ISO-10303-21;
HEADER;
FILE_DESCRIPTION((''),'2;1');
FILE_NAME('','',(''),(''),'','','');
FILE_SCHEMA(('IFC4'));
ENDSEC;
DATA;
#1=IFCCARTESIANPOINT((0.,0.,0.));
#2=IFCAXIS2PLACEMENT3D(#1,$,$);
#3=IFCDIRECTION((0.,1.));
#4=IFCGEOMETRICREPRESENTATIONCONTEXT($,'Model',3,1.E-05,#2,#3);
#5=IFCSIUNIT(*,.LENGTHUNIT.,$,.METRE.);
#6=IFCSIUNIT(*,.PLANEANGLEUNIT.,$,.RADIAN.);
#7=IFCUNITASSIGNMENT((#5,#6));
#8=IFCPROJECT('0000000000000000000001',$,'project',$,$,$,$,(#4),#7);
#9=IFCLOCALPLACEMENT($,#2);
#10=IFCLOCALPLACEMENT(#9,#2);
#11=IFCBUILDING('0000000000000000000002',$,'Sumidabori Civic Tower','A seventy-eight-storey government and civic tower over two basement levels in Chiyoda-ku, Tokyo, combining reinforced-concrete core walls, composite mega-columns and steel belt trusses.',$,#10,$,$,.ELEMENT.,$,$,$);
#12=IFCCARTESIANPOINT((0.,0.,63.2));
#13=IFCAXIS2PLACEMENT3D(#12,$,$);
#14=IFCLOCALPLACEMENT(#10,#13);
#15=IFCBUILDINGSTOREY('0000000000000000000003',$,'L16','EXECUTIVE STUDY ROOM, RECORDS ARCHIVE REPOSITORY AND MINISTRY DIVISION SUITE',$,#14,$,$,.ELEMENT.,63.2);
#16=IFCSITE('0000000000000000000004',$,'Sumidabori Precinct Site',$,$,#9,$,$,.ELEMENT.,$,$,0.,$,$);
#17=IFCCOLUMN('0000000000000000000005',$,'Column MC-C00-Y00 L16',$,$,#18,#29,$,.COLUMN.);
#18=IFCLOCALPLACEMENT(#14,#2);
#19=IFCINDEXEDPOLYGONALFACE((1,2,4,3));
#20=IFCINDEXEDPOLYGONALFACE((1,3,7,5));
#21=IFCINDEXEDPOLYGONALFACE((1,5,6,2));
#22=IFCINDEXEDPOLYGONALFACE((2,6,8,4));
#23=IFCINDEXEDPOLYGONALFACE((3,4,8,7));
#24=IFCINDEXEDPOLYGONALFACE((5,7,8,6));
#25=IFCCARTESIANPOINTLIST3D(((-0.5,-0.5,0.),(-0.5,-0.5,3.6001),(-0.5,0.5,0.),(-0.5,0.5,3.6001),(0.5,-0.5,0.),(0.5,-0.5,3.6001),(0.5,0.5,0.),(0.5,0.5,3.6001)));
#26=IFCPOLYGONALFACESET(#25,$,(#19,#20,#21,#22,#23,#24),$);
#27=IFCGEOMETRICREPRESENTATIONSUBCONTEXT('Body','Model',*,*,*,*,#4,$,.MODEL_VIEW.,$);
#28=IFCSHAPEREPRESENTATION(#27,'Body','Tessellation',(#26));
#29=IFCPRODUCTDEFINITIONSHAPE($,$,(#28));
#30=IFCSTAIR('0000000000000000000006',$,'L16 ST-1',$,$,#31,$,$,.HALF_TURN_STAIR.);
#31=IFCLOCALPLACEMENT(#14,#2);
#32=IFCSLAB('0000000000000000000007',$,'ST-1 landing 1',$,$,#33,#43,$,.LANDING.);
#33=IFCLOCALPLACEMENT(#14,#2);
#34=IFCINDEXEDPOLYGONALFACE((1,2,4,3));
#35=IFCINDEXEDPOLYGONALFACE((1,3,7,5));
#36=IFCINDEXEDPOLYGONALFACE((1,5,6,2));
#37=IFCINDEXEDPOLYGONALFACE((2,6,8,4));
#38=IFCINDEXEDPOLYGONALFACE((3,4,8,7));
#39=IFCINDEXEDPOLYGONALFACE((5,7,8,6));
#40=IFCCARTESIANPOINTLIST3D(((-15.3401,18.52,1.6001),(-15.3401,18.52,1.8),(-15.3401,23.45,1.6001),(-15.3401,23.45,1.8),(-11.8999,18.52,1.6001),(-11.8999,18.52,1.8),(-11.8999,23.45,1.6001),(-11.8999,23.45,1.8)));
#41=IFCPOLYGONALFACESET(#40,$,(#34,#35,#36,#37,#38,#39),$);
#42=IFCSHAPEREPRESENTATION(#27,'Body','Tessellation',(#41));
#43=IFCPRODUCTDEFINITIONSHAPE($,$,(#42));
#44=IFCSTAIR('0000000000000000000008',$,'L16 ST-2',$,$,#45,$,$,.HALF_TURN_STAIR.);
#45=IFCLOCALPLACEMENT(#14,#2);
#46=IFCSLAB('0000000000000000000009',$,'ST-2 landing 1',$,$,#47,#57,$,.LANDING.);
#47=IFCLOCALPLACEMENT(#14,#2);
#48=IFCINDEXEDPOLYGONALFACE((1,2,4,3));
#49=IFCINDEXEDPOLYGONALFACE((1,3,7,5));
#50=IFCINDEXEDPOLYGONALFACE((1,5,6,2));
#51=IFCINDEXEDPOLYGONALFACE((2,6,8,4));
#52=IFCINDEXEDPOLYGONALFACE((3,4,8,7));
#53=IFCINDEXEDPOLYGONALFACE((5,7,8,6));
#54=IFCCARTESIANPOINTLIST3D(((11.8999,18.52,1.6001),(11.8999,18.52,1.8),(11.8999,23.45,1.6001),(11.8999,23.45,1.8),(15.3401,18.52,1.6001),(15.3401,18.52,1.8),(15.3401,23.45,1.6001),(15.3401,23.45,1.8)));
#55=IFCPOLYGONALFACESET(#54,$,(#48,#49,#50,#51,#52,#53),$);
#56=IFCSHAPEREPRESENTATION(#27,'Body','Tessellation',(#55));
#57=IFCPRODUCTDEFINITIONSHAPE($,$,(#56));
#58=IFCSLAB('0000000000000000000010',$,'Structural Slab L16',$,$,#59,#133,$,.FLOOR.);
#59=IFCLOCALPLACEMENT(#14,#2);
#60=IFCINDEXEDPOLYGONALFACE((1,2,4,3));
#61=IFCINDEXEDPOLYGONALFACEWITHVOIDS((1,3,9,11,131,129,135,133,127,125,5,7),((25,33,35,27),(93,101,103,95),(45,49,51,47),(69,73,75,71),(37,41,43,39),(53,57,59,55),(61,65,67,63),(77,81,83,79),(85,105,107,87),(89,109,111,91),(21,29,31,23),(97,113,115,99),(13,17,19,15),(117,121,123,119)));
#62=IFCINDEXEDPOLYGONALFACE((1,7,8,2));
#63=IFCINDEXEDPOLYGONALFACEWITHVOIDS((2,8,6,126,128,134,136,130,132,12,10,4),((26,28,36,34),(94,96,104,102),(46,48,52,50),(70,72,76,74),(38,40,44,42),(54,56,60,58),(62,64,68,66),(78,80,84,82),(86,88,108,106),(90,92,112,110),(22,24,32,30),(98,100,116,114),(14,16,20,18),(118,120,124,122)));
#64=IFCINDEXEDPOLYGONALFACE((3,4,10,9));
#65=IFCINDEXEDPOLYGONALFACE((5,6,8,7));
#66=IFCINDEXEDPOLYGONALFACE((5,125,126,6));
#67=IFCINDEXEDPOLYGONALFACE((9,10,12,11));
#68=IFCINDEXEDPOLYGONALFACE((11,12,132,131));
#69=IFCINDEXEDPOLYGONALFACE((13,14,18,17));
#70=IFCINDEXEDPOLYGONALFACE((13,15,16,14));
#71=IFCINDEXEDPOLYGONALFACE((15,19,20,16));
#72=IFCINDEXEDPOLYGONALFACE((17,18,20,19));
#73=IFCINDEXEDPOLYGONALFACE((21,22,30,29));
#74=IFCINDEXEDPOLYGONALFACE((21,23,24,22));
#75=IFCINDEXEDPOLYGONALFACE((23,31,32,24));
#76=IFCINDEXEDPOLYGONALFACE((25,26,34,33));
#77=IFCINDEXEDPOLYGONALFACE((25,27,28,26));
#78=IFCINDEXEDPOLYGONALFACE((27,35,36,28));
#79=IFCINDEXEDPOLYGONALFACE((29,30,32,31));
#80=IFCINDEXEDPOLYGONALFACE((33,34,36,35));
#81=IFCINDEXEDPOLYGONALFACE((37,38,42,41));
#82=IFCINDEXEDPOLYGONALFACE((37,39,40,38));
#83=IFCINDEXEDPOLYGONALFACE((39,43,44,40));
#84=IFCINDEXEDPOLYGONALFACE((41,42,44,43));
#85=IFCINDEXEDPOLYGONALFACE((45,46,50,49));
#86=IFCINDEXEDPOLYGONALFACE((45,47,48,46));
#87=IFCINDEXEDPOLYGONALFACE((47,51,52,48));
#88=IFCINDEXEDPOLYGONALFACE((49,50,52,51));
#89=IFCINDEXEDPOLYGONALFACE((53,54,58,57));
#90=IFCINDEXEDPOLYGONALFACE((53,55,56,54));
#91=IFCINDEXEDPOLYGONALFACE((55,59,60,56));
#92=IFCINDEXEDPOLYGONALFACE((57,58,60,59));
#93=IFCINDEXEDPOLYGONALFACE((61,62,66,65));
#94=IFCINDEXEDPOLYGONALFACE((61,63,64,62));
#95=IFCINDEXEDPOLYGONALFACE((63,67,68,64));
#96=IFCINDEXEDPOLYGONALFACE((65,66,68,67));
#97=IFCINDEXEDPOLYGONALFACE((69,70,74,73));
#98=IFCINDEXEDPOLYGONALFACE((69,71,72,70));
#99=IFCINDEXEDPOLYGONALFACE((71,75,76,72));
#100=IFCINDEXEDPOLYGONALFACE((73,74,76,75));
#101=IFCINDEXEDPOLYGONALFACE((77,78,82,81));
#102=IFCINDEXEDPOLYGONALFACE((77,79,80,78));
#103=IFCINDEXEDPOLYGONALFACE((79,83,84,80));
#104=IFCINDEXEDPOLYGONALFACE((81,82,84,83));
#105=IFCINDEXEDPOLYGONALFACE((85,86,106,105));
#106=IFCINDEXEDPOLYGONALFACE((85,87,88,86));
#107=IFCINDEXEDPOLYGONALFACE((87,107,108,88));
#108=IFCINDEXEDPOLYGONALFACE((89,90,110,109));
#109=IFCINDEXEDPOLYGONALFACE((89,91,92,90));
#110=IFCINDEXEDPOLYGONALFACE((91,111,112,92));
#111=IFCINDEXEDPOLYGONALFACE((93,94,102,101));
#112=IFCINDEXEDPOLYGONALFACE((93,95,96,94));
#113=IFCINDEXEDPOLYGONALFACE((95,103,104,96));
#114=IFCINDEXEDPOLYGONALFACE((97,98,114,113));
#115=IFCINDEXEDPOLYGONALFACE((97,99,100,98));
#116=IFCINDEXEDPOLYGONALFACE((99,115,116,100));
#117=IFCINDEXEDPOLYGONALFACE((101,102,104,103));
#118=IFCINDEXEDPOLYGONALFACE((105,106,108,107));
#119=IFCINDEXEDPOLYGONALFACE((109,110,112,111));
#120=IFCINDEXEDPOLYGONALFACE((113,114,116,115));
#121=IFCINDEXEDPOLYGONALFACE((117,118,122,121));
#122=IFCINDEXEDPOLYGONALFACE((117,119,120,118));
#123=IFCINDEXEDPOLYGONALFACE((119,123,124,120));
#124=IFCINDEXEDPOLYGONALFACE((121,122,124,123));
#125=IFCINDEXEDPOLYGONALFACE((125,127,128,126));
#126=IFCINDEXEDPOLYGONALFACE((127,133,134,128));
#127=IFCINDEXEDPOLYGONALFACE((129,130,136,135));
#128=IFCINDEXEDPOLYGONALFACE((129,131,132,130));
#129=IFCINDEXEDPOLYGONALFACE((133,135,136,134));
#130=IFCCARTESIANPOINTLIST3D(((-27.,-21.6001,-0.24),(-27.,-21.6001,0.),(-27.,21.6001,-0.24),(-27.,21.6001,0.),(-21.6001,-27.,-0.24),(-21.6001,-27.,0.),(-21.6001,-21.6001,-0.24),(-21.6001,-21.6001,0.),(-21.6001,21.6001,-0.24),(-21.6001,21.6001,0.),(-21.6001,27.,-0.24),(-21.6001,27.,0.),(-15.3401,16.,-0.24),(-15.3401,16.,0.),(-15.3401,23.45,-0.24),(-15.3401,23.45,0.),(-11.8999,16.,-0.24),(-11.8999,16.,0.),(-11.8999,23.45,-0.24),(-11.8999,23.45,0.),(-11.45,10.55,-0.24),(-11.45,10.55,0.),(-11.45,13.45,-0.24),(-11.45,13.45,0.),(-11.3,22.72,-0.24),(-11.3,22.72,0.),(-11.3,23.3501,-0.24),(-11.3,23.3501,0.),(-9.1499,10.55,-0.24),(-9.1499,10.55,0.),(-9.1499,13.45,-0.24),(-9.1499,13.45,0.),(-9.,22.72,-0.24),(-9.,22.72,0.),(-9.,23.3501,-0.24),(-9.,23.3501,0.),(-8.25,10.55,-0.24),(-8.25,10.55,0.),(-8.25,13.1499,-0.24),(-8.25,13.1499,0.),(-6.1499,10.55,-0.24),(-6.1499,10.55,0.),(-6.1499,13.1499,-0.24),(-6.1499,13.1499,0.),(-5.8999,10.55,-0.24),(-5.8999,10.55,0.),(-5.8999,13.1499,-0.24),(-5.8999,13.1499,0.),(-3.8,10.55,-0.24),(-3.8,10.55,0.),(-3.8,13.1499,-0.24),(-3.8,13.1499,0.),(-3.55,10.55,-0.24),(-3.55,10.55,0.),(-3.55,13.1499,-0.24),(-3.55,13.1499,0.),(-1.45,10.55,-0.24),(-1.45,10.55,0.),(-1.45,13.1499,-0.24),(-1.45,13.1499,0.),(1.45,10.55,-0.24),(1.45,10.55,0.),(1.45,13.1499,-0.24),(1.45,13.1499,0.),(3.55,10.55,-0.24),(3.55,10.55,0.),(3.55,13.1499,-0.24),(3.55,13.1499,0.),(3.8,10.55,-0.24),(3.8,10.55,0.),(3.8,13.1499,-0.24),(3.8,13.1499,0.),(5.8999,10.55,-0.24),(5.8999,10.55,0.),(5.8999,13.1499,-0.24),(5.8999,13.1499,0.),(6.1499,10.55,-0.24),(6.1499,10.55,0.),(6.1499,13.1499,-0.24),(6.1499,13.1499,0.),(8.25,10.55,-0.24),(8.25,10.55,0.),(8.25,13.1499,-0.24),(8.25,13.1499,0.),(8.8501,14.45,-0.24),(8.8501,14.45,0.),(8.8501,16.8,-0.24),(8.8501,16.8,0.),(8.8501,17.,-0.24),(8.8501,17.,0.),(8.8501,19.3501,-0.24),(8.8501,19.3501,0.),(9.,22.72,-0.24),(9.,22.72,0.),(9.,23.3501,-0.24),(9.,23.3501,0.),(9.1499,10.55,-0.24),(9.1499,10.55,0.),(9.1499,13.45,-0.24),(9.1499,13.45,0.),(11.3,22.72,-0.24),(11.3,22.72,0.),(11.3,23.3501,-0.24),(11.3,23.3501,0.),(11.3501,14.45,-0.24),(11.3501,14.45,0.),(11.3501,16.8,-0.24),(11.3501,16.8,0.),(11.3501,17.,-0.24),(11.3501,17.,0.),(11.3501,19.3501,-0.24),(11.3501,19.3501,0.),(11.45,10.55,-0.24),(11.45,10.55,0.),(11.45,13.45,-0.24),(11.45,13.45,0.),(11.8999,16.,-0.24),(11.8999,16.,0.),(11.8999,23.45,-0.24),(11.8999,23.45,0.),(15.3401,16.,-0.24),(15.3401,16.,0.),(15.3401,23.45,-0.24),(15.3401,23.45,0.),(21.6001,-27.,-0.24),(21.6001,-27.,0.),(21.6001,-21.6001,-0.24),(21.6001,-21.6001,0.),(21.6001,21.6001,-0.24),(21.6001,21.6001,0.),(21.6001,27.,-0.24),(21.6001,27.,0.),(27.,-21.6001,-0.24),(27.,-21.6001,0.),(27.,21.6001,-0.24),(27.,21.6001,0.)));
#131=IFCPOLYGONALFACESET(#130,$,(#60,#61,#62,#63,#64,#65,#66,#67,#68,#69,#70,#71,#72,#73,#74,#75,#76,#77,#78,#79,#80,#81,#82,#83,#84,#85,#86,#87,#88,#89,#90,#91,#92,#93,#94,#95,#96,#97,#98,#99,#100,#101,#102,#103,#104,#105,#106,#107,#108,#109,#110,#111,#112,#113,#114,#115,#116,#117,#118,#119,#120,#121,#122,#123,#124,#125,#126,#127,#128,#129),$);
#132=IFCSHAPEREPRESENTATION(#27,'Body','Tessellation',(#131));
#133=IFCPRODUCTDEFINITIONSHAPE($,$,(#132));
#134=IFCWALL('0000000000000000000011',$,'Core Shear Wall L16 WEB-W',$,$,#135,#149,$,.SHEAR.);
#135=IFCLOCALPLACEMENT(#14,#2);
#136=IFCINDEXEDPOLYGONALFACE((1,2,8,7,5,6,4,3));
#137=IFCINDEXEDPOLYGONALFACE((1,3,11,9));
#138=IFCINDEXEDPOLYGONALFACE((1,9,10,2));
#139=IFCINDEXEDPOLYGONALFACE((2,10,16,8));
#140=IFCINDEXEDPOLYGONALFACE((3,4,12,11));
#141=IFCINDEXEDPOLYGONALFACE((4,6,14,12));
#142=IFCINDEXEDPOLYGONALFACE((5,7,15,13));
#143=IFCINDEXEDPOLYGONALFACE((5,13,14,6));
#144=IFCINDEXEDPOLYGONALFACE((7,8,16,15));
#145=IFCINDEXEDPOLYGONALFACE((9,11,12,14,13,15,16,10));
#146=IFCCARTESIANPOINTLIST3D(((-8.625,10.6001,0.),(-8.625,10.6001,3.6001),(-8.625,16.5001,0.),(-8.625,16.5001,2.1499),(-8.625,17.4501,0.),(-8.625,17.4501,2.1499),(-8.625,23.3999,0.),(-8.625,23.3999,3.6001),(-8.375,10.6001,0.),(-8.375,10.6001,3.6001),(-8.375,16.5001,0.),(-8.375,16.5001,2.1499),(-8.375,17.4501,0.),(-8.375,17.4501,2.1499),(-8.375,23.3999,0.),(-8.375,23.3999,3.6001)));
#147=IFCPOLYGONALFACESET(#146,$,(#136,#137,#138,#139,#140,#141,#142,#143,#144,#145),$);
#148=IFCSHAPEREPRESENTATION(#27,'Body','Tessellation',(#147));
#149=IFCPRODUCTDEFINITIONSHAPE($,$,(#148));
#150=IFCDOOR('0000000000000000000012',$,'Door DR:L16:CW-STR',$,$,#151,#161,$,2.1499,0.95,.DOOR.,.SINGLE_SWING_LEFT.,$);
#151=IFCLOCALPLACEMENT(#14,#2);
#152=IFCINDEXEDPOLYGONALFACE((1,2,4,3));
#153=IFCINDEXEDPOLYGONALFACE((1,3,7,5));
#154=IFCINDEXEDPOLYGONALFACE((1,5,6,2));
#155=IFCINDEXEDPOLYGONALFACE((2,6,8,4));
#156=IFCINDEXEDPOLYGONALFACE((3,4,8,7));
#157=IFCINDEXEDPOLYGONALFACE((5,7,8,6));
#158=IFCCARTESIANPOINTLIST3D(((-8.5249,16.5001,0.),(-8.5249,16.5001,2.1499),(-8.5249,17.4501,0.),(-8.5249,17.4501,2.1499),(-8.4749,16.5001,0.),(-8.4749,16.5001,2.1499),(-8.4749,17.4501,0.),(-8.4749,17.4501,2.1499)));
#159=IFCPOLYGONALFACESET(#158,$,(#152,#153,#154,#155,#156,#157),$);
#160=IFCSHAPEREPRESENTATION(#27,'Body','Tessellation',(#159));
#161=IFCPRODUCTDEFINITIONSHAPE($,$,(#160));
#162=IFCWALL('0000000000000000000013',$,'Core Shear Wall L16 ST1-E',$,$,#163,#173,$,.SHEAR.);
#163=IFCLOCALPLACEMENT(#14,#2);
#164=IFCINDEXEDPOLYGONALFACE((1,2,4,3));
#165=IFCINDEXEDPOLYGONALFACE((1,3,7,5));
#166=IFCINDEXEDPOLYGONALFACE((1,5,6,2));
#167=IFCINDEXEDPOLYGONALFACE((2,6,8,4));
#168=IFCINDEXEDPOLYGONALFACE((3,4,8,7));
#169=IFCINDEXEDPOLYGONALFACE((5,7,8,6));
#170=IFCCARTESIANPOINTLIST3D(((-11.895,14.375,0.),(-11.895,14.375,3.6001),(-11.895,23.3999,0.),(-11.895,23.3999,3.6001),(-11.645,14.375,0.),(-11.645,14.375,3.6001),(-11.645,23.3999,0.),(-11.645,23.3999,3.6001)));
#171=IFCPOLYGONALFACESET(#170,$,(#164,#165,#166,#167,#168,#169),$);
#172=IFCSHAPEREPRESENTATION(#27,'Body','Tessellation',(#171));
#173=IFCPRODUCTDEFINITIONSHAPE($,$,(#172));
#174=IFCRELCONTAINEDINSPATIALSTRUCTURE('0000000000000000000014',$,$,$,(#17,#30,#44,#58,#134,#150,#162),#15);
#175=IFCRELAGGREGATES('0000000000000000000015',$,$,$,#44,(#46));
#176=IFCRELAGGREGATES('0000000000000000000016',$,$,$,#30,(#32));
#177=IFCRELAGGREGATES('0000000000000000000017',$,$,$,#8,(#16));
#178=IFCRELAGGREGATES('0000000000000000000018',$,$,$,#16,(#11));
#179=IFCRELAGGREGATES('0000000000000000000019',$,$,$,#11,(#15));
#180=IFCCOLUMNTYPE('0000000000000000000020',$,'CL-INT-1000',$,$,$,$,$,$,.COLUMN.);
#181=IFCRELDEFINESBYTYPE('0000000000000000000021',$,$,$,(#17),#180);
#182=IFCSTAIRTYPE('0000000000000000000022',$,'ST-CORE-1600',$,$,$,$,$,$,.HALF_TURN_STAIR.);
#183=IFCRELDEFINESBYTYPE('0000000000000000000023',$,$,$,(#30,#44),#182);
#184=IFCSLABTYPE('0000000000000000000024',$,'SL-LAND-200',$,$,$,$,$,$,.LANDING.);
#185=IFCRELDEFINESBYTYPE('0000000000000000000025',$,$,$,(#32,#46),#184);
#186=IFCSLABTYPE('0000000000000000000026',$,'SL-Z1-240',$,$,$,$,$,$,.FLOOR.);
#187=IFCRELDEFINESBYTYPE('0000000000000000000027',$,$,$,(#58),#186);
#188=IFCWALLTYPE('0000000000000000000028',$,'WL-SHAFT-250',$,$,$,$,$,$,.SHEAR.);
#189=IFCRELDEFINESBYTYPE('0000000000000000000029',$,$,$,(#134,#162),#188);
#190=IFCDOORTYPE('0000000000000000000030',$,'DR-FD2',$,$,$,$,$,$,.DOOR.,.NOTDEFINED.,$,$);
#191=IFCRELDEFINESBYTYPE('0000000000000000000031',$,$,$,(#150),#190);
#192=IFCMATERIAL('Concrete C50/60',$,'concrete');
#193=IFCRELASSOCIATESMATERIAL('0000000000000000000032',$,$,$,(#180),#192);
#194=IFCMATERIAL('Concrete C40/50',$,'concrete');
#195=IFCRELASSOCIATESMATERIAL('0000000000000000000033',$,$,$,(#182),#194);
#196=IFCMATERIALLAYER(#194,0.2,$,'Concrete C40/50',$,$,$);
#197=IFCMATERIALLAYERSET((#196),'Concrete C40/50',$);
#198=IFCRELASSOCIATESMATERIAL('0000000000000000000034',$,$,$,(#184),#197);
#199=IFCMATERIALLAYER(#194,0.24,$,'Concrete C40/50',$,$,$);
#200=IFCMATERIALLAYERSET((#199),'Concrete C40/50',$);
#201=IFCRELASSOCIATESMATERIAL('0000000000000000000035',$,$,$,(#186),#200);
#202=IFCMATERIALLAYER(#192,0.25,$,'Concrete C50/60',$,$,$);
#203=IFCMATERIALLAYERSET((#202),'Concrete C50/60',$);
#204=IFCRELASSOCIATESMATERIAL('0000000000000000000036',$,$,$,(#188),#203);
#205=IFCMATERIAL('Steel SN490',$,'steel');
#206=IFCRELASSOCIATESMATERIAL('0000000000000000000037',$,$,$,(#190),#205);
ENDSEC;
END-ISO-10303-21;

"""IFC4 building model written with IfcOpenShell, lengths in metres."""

from ifc_helpers import new_model, si_unit, direction, frame, frame_2d, origin, origin_with_axes, origin_2d, place, context, subcontext, project, spatial, polyline, rectangle, outline, extrude, source, transform, mapped, material, layer, layer_set, material_profile, profile_set, type_object, element, fill, aggregate, save


model = new_model("IFC4")

# Units and contexts
model_context = context("Model", 3, precision=1e-05, world=origin(), true_north=direction((0.0, 1.0)))
body_context = subcontext(model_context, "Body", "Model", "MODEL_VIEW")
ifc_project = project(units=[si_unit("LENGTHUNIT", "METRE"), si_unit("PLANEANGLEUNIT", "RADIAN")], contexts=[model_context])

# Site, building, storey
site_placement = place(None, origin())
site = spatial("IfcSite", under=ifc_project, at=site_placement, Name="Sumidabori Precinct Site", CompositionType="ELEMENT", RefElevation=0.0)
building_placement = place(site_placement, origin())
building = spatial("IfcBuilding", under=site, at=building_placement, Name="Sumidabori Civic Tower", Description="A seventy-eight-storey government and civic tower over two basement levels in Chiyoda-ku, Tokyo, combining reinforced-concrete core walls, composite mega-columns and steel belt trusses.", CompositionType="ELEMENT")
storey_placement = place(building_placement, frame((0.0, 0.0, 63.2)))
storey = spatial("IfcBuildingStorey", under=building, at=storey_placement, Name="L16", Description="EXECUTIVE STUDY ROOM, RECORDS ARCHIVE REPOSITORY AND MINISTRY DIVISION SUITE", CompositionType="ELEMENT", Elevation=63.2)

# Column
ifc_material_1 = material(Name="Concrete C50/60", Category="concrete")
ifc_material_profile = material_profile(ifc_material_1, rectangle(XDim=1.0, YDim=1.0, at=origin_2d()), Name="RC 1000x1000")
ifc_profile_set = profile_set([ifc_material_profile], Name="Concrete C50/60")
column_type = type_object("IfcColumnType", Name="CL-INT-1000", PredefinedType="COLUMN", material=ifc_profile_set)
shared_shape_1 = source(origin(), body_context, "Body", "SweptSolid", [
    extrude(rectangle(XDim=1.0, YDim=1.0, at=origin_2d()), origin(), (0.0, 0.0, 1.0), 3.6001),
])
column_placement = place(storey_placement, origin_with_axes())
element("IfcColumn", 1, at=column_placement, inside=storey, type_object=column_type, Name="Column MC-C00-Y00 L16", PredefinedType="COLUMN", context=body_context, shape_type="MappedRepresentation", body=[
    mapped(shared_shape_1, transform((0.0, 0.0, 0.0), x_axis=(1.0, 0.0, 0.0), y_axis=(0.0, 1.0, 0.0), z_axis=(0.0, 0.0, 1.0), scale=1.0)),
])

# Stairs, slabs
ifc_material_2 = material(Name="Concrete C40/50", Category="concrete")
stair_type = type_object("IfcStairType", Name="ST-CORE-1600", PredefinedType="HALF_TURN_STAIR", material=ifc_material_2)
stair_1_placement = place(storey_placement, origin())
stair_1 = element("IfcStair", 2, at=stair_1_placement, inside=storey, type_object=stair_type, Name="L16 ST-1", PredefinedType="HALF_TURN_STAIR")
ifc_layer_1 = layer(ifc_material_2, 0.2, Name="Concrete C40/50")
ifc_layer_set_1 = layer_set([ifc_layer_1], Name="Concrete C40/50")
slab_type_1 = type_object("IfcSlabType", Name="SL-LAND-200", PredefinedType="LANDING", material=ifc_layer_set_1)
slab_1_placement = place(storey_placement, frame((0.0, 0.0, 1.6001)))
slab_1 = element("IfcSlab", 3, at=slab_1_placement, type_object=slab_type_1, Name="ST-1 landing 1", PredefinedType="LANDING", context=body_context, shape_type="SweptSolid", body=[
    extrude(outline(polyline([(-11.8999, 18.52), (-11.8999, 23.45), (-15.3401, 23.45), (-15.3401, 18.52), (-11.8999, 18.52)])), origin(), (0.0, 0.0, 1.0), 0.2),
])
stair_2_placement = place(storey_placement, origin())
stair_2 = element("IfcStair", 4, at=stair_2_placement, inside=storey, type_object=stair_type, Name="L16 ST-2", PredefinedType="HALF_TURN_STAIR")
slab_2_placement = place(storey_placement, frame((0.0, 0.0, 1.6001)))
slab_2 = element("IfcSlab", 5, at=slab_2_placement, type_object=slab_type_1, Name="ST-2 landing 1", PredefinedType="LANDING", context=body_context, shape_type="SweptSolid", body=[
    extrude(outline(polyline([(15.3401, 18.52), (15.3401, 23.45), (11.8999, 23.45), (11.8999, 18.52), (15.3401, 18.52)])), origin(), (0.0, 0.0, 1.0), 0.2),
])
aggregate(stair_2, [slab_2])

# Slab
ifc_layer_2 = layer(ifc_material_2, 0.24, Name="Concrete C40/50")
ifc_layer_set_2 = layer_set([ifc_layer_2], Name="Concrete C40/50")
slab_type_2 = type_object("IfcSlabType", Name="SL-Z1-240", PredefinedType="FLOOR", material=ifc_layer_set_2)
slab_3_placement = place(storey_placement, frame((0.0, 0.0, -0.24)))
element("IfcSlab", 6, at=slab_3_placement, inside=storey, type_object=slab_type_2, Name="Structural Slab L16", PredefinedType="FLOOR", context=body_context, shape_type="SweptSolid", body=[
    extrude(outline(polyline([(-21.6001, -27.0), (21.6001, -27.0), (21.6001, -21.6001), (27.0, -21.6001), (27.0, 21.6001), (21.6001, 21.6001), (21.6001, 27.0), (-21.6001, 27.0), (-21.6001, 21.6001), (-27.0, 21.6001), (-27.0, -21.6001), (-21.6001, -21.6001), (-21.6001, -27.0)]), holes=[polyline([(-11.8999, 16.0), (-11.8999, 23.45), (-15.3401, 23.45), (-15.3401, 16.0), (-11.8999, 16.0)]), polyline([(15.3401, 16.0), (15.3401, 23.45), (11.8999, 23.45), (11.8999, 16.0), (15.3401, 16.0)]), polyline([(-11.45, 10.55), (-9.1499, 10.55), (-9.1499, 13.45), (-11.45, 13.45), (-11.45, 10.55)]), polyline([(9.1499, 10.55), (11.45, 10.55), (11.45, 13.45), (9.1499, 13.45), (9.1499, 10.55)]), polyline([(-8.25, 10.55), (-6.1499, 10.55), (-6.1499, 13.1499), (-8.25, 13.1499), (-8.25, 10.55)]), polyline([(-5.8999, 10.55), (-3.8, 10.55), (-3.8, 13.1499), (-5.8999, 13.1499), (-5.8999, 10.55)]), polyline([(-3.55, 10.55), (-1.45, 10.55), (-1.45, 13.1499), (-3.55, 13.1499), (-3.55, 10.55)]), polyline([(1.45, 10.55), (3.55, 10.55), (3.55, 13.1499), (1.45, 13.1499), (1.45, 10.55)]), polyline([(3.8, 10.55), (5.8999, 10.55), (5.8999, 13.1499), (3.8, 13.1499), (3.8, 10.55)]), polyline([(6.1499, 10.55), (8.25, 10.55), (8.25, 13.1499), (6.1499, 13.1499), (6.1499, 10.55)]), polyline([(8.8501, 14.45), (11.3501, 14.45), (11.3501, 16.8), (8.8501, 16.8), (8.8501, 14.45)]), polyline([(8.8501, 17.0), (11.3501, 17.0), (11.3501, 19.3501), (8.8501, 19.3501), (8.8501, 17.0)]), polyline([(-11.3, 22.72), (-9.0, 22.72), (-9.0, 23.3501), (-11.3, 23.3501), (-11.3, 22.72)]), polyline([(9.0, 22.72), (11.3, 22.72), (11.3, 23.3501), (9.0, 23.3501), (9.0, 22.72)])]), origin(), (0.0, 0.0, 1.0), 0.24),
])

# Wall, opening, door
ifc_layer_3 = layer(ifc_material_1, 0.25, Name="Concrete C50/60")
ifc_layer_set_3 = layer_set([ifc_layer_3], Name="Concrete C50/60")
wall_type_1 = type_object("IfcWallType", Name="WL-SHAFT-250", PredefinedType="SHEAR", material=ifc_layer_set_3)
shared_shape_2 = source(origin(), body_context, "Body", "SweptSolid", [
    extrude(rectangle(XDim=12.7998, YDim=0.25, at=frame_2d((6.3999, 0.0))), origin(), (0.0, 0.0, 1.0), 3.6001),
])
wall_1_placement = place(storey_placement, frame((-8.5, 10.6001, 0.0), z_axis=(0.0, 0.0, 1.0), x_axis=(0.0, 1.0, 0.0)))
wall_1 = element("IfcWall", 7, at=wall_1_placement, inside=storey, type_object=wall_type_1, Name="Core Shear Wall L16 WEB-W", PredefinedType="SHEAR", context=body_context, shape_type="MappedRepresentation", body=[
    mapped(shared_shape_2, transform((0.0, 0.0, 0.0), x_axis=(1.0, 0.0, 0.0), y_axis=(0.0, 1.0, 0.0), z_axis=(0.0, 0.0, 1.0), scale=1.0)),
])
opening_1_placement = place(wall_1_placement, frame((5.8999, 0.0, 0.0)))
opening_1 = element("IfcOpeningElement", 8, at=opening_1_placement, cuts=wall_1, PredefinedType="OPENING", context=body_context, shape_type="SweptSolid", body=[
    extrude(rectangle(XDim=0.95, YDim=2.1499, at=frame_2d((0.4751, 1.075))), frame((0.0, 0.137, 0.0), z_axis=(0.0, -1.0, 0.0), x_axis=(1.0, 0.0, 0.0)), (0.0, 0.0, 1.0), 0.2739),
])
ifc_material_3 = material(Name="Steel SN490", Category="steel")
door_type_1 = type_object("IfcDoorType", Name="DR-FD2", OperationType="NOTDEFINED", PredefinedType="DOOR", material=ifc_material_3)
shared_shape_3 = source(origin(), body_context, "Body", "SweptSolid", [
    extrude(rectangle(XDim=0.95, YDim=2.1499, at=frame_2d((0.4751, 1.075))), frame((0.0, 0.0249, 0.0), z_axis=(0.0, -1.0, 0.0), x_axis=(1.0, 0.0, 0.0)), (0.0, 0.0, 1.0), 0.05),
])
door_1_placement = place(opening_1_placement, origin())
door_1 = element("IfcDoor", 9, at=door_1_placement, inside=storey, type_object=door_type_1, Name="Door DR:L16:CW-STR", OperationType="SINGLE_SWING_LEFT", OverallHeight=2.1499, OverallWidth=0.95, PredefinedType="DOOR", context=body_context, shape_type="MappedRepresentation", body=[
    mapped(shared_shape_3, transform((0.0, 0.0, 0.0), x_axis=(1.0, 0.0, 0.0), y_axis=(0.0, 1.0, 0.0), z_axis=(0.0, 0.0, 1.0), scale=1.0)),
])
fill(opening_1, door_1)

# Wall
shared_shape_4 = source(origin(), body_context, "Body", "SweptSolid", [
    extrude(rectangle(XDim=9.0249, YDim=0.25, at=frame_2d((4.5125, 0.0))), origin(), (0.0, 0.0, 1.0), 3.6001),
])
wall_2_placement = place(storey_placement, frame((-11.77, 14.375, 0.0), z_axis=(0.0, 0.0, 1.0), x_axis=(0.0, 1.0, 0.0)))
element("IfcWall", 10, at=wall_2_placement, inside=storey, type_object=wall_type_1, Name="Core Shear Wall L16 ST1-E", PredefinedType="SHEAR", context=body_context, shape_type="MappedRepresentation", body=[
    mapped(shared_shape_4, transform((0.0, 0.0, 0.0), x_axis=(1.0, 0.0, 0.0), y_axis=(0.0, 1.0, 0.0), z_axis=(0.0, 0.0, 1.0), scale=1.0)),
])

aggregate(stair_1, [slab_1])

save(model, "model.ifc")
